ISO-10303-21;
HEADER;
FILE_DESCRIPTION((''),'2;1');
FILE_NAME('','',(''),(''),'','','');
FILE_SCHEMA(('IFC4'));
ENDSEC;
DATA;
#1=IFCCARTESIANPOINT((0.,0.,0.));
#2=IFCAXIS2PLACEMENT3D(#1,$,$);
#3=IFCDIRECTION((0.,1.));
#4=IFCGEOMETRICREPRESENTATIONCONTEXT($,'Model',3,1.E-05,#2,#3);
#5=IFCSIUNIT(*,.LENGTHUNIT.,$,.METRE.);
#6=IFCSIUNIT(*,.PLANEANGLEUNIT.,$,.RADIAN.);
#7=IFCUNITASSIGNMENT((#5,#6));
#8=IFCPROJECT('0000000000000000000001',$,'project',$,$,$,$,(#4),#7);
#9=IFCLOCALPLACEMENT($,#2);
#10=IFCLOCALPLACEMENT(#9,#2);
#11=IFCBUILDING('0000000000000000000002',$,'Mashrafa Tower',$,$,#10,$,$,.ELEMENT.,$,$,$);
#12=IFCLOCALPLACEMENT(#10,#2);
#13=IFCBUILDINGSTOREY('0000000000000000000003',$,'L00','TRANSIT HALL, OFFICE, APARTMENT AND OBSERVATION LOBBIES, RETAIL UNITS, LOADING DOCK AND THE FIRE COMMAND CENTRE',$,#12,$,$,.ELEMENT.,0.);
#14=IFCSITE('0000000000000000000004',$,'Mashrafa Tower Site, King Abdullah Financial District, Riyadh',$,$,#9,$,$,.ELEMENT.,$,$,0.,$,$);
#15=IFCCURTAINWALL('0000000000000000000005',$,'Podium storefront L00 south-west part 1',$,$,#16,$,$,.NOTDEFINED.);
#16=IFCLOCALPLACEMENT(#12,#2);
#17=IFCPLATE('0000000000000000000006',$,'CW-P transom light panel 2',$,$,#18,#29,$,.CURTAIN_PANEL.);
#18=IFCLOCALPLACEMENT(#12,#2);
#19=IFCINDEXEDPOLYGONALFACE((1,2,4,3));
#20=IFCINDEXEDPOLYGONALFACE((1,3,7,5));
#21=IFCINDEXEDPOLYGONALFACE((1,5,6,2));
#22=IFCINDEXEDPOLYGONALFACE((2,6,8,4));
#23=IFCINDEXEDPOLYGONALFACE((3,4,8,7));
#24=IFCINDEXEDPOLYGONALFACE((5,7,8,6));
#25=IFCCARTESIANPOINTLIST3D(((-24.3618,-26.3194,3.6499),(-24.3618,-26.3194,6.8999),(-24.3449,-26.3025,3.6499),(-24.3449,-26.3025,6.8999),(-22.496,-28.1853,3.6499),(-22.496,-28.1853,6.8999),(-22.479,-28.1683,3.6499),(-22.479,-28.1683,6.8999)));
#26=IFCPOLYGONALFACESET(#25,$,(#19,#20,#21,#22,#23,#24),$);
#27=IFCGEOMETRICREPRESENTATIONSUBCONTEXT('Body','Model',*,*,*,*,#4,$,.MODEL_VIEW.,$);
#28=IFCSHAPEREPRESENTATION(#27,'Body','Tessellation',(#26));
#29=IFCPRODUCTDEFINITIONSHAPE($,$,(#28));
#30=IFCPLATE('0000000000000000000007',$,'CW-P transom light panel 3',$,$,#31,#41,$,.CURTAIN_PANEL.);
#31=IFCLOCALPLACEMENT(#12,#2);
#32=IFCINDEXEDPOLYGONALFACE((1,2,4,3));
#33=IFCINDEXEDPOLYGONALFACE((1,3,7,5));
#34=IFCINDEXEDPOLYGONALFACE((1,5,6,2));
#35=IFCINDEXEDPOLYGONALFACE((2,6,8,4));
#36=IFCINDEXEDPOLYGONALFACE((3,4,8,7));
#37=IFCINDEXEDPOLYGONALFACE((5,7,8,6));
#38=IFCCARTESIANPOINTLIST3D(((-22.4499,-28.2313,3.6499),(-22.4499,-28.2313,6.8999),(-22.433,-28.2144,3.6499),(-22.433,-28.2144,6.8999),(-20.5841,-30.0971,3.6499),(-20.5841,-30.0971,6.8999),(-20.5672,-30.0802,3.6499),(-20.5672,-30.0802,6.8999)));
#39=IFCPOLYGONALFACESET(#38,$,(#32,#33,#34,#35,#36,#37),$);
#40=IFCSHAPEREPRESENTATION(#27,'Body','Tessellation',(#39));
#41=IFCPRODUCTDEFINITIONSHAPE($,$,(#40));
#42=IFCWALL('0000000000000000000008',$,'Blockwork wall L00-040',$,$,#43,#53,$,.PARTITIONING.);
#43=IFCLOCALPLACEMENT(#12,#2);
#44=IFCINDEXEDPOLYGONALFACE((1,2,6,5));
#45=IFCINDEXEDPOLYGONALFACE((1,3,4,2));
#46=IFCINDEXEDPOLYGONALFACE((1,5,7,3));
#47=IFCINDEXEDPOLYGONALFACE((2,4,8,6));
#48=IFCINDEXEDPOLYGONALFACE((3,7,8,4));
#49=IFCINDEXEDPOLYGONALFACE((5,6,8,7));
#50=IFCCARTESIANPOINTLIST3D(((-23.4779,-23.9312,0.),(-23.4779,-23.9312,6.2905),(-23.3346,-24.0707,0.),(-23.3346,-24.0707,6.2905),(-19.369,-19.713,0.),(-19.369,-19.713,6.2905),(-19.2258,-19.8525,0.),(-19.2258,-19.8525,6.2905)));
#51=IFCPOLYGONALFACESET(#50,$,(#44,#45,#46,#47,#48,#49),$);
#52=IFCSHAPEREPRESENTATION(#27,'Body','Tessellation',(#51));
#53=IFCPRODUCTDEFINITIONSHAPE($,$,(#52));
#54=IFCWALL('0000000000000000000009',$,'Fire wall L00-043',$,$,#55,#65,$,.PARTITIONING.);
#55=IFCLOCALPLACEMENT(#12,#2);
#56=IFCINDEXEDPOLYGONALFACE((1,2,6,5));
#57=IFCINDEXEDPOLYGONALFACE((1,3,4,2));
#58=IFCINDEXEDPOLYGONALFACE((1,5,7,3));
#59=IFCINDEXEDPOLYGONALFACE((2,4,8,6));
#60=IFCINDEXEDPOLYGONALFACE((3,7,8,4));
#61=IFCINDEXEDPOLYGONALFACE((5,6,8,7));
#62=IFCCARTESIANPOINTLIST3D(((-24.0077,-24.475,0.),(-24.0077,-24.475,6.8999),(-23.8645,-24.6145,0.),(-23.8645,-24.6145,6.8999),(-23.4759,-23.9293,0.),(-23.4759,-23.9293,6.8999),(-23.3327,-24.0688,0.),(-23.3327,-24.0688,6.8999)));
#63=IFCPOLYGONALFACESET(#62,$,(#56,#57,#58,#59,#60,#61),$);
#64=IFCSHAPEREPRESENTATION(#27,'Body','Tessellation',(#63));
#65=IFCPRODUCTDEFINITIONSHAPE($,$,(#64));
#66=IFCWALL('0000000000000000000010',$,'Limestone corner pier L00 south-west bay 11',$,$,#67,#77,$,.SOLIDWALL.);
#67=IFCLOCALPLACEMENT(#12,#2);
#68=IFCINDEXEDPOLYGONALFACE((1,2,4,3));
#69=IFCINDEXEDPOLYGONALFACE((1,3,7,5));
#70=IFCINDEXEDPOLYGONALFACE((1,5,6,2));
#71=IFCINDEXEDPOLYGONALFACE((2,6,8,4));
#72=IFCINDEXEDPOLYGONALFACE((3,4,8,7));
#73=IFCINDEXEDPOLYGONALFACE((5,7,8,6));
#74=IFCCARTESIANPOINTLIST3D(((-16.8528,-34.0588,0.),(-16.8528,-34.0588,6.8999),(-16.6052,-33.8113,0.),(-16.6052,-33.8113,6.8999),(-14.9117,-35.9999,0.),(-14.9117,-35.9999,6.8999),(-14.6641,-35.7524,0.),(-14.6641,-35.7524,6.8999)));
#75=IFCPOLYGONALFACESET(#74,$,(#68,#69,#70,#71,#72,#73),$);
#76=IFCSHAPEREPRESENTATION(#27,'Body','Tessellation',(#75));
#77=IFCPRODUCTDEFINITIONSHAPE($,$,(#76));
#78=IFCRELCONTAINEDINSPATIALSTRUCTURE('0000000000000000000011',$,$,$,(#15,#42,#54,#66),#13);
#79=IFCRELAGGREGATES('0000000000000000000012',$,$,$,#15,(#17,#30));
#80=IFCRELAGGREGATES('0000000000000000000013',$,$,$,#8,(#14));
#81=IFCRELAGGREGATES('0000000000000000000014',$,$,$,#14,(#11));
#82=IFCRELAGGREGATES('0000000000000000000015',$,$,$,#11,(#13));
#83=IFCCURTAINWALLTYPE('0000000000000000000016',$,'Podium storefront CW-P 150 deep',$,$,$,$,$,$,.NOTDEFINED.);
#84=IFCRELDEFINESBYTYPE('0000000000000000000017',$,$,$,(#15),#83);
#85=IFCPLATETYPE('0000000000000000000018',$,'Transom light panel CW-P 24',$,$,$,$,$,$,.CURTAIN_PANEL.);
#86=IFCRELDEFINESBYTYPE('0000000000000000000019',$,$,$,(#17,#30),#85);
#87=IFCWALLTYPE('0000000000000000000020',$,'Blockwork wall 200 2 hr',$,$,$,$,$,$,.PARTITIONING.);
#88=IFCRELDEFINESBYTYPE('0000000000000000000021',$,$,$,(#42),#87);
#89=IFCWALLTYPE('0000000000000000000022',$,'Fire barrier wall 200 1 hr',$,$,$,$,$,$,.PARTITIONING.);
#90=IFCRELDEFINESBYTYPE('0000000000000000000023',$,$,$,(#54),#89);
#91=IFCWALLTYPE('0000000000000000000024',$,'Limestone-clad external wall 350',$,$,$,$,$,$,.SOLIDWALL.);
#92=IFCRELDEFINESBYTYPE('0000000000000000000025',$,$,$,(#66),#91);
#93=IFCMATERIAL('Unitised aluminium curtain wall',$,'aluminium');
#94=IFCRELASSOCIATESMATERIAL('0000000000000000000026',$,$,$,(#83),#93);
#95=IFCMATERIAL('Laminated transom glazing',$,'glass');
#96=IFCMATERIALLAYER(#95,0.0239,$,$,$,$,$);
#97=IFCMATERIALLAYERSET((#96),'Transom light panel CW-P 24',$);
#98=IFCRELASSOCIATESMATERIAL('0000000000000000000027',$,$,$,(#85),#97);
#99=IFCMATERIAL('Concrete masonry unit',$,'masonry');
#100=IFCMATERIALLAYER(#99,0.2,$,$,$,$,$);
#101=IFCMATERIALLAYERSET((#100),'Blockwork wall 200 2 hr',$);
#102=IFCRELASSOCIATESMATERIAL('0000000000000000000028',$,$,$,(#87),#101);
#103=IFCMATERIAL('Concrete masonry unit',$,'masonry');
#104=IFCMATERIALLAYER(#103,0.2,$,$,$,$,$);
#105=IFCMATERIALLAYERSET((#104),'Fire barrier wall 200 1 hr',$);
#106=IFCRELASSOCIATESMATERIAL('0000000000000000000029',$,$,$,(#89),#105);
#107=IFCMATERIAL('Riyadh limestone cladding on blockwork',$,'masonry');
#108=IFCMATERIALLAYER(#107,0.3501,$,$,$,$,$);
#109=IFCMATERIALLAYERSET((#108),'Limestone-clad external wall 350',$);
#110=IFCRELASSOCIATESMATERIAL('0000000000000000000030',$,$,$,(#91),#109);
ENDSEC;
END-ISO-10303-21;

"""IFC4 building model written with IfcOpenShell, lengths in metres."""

from ifc_helpers import new_model, si_unit, direction, frame, frame_2d, origin, origin_2d, place, context, subcontext, project, spatial, rectangle, extrude, source, transform, mapped, material, layer, layer_set, type_object, element, aggregate, save


model = new_model("IFC4")

# Units and contexts
model_context = context("Model", 3, precision=1e-05, world=origin(), true_north=direction((0.0, 1.0)))
body_context = subcontext(model_context, "Body", "Model", "MODEL_VIEW")
ifc_project = project(units=[si_unit("LENGTHUNIT", "METRE"), si_unit("PLANEANGLEUNIT", "RADIAN")], contexts=[model_context])

# Site, building, storey
site_placement = place(None, origin())
site = spatial("IfcSite", under=ifc_project, at=site_placement, Name="Mashrafa Tower Site, King Abdullah Financial District, Riyadh", CompositionType="ELEMENT", RefElevation=0.0)
building_placement = place(site_placement, origin())
building = spatial("IfcBuilding", under=site, at=building_placement, Name="Mashrafa Tower", CompositionType="ELEMENT")
storey_placement = place(building_placement, origin())
storey = spatial("IfcBuildingStorey", under=building, at=storey_placement, Name="L00", Description="TRANSIT HALL, OFFICE, APARTMENT AND OBSERVATION LOBBIES, RETAIL UNITS, LOADING DOCK AND THE FIRE COMMAND CENTRE", CompositionType="ELEMENT", Elevation=0.0)

# Curtain wall, plates
ifc_material_1 = material(Name="Unitised aluminium curtain wall", Category="aluminium")
curtain_wall_type = type_object("IfcCurtainWallType", Name="Podium storefront CW-P 150 deep", PredefinedType="NOTDEFINED", material=ifc_material_1)
curtain_wall_placement = place(storey_placement, origin())
curtain_wall = element("IfcCurtainWall", 1, at=curtain_wall_placement, inside=storey, type_object=curtain_wall_type, Name="Podium storefront L00 south-west part 1", PredefinedType="NOTDEFINED")
ifc_material_2 = material(Name="Laminated transom glazing", Category="glass")
ifc_layer_1 = layer(ifc_material_2, 0.0239)
ifc_layer_set_1 = layer_set([ifc_layer_1], Name="Transom light panel CW-P 24")
plate_type_1 = type_object("IfcPlateType", Name="Transom light panel CW-P 24", PredefinedType="CURTAIN_PANEL", material=ifc_layer_set_1)
shared_shape_1 = source(origin(), body_context, "Body", "SweptSolid", [
    extrude(rectangle(XDim=2.6387, YDim=0.0239, at=origin_2d()), origin(), (0.0, 0.0, 1.0), 3.25),
])
plate_1_placement = place(storey_placement, frame((-23.4204, -27.2439, 3.6499), z_axis=(0.0, 0.0, 1.0), x_axis=(0.707107, -0.707107, 0.0)))
plate_1 = element("IfcPlate", 2, at=plate_1_placement, type_object=plate_type_1, Name="CW-P transom light panel 2", PredefinedType="CURTAIN_PANEL", context=body_context, shape_type="MappedRepresentation", body=[
    mapped(shared_shape_1, transform((0.0, 0.0, 0.0))),
])
plate_2_placement = place(storey_placement, frame((-21.5085, -29.1558, 3.6499), z_axis=(0.0, 0.0, 1.0), x_axis=(0.707107, -0.707107, 0.0)))
plate_2 = element("IfcPlate", 3, at=plate_2_placement, type_object=plate_type_1, Name="CW-P transom light panel 3", PredefinedType="CURTAIN_PANEL", context=body_context, shape_type="MappedRepresentation", body=[
    mapped(shared_shape_1, transform((0.0, 0.0, 0.0))),
])
aggregate(curtain_wall, [plate_1, plate_2])

# Walls
ifc_material_3 = material(Name="Concrete masonry unit", Category="masonry")
ifc_layer_2 = layer(ifc_material_3, 0.2)
ifc_layer_set_2 = layer_set([ifc_layer_2], Name="Blockwork wall 200 2 hr")
wall_type_1 = type_object("IfcWallType", Name="Blockwork wall 200 2 hr", PredefinedType="PARTITIONING", material=ifc_layer_set_2)
wall_1_placement = place(storey_placement, frame((-23.4062, -24.001, 0.0), z_axis=(0.0, 0.0, 1.0), x_axis=(0.697759, 0.716333, 0.0)))
element("IfcWall", 4, at=wall_1_placement, inside=storey, type_object=wall_type_1, Name="Blockwork wall L00-040", PredefinedType="PARTITIONING", context=body_context, shape_type="SweptSolid", body=[
    extrude(rectangle(XDim=5.8887, YDim=0.2, at=frame_2d((2.9443, 0.0))), origin(), (0.0, 0.0, 1.0), 6.2905),
])
ifc_material_4 = material(Name="Concrete masonry unit", Category="masonry")
ifc_layer_3 = layer(ifc_material_4, 0.2)
ifc_layer_set_3 = layer_set([ifc_layer_3], Name="Fire barrier wall 200 1 hr")
wall_type_2 = type_object("IfcWallType", Name="Fire barrier wall 200 1 hr", PredefinedType="PARTITIONING", material=ifc_layer_set_3)
wall_2_placement = place(storey_placement, frame((-23.936, -24.5447, 0.0), z_axis=(0.0, 0.0, 1.0), x_axis=(0.697915, 0.71618, 0.0)))
element("IfcWall", 5, at=wall_2_placement, inside=storey, type_object=wall_type_2, Name="Fire wall L00-043", PredefinedType="PARTITIONING", context=body_context, shape_type="SweptSolid", body=[
    extrude(rectangle(XDim=0.762, YDim=0.2, at=frame_2d((0.3809, 0.0))), origin(), (0.0, 0.0, 1.0), 6.8999),
])

# Shared definitions
ifc_material_5 = material(Name="Riyadh limestone cladding on blockwork", Category="masonry")
ifc_layer_4 = layer(ifc_material_5, 0.3501)
ifc_layer_set_4 = layer_set([ifc_layer_4], Name="Limestone-clad external wall 350")
wall_type_3 = type_object("IfcWallType", Name="Limestone-clad external wall 350", PredefinedType="SOLIDWALL", material=ifc_layer_set_4)

# Wall
wall_3_placement = place(storey_placement, frame((-16.729, -33.9351, 0.0), z_axis=(0.0, 0.0, 1.0), x_axis=(0.707107, -0.707107, 0.0)))
element("IfcWall", 6, at=wall_3_placement, inside=storey, type_object=wall_type_3, Name="Limestone corner pier L00 south-west bay 11", PredefinedType="SOLIDWALL", context=body_context, shape_type="SweptSolid", body=[
    extrude(rectangle(XDim=2.7451, YDim=0.3501, at=frame_2d((1.3726, 0.0))), origin(), (0.0, 0.0, 1.0), 6.8999),
])

save(model, "model.ifc")
